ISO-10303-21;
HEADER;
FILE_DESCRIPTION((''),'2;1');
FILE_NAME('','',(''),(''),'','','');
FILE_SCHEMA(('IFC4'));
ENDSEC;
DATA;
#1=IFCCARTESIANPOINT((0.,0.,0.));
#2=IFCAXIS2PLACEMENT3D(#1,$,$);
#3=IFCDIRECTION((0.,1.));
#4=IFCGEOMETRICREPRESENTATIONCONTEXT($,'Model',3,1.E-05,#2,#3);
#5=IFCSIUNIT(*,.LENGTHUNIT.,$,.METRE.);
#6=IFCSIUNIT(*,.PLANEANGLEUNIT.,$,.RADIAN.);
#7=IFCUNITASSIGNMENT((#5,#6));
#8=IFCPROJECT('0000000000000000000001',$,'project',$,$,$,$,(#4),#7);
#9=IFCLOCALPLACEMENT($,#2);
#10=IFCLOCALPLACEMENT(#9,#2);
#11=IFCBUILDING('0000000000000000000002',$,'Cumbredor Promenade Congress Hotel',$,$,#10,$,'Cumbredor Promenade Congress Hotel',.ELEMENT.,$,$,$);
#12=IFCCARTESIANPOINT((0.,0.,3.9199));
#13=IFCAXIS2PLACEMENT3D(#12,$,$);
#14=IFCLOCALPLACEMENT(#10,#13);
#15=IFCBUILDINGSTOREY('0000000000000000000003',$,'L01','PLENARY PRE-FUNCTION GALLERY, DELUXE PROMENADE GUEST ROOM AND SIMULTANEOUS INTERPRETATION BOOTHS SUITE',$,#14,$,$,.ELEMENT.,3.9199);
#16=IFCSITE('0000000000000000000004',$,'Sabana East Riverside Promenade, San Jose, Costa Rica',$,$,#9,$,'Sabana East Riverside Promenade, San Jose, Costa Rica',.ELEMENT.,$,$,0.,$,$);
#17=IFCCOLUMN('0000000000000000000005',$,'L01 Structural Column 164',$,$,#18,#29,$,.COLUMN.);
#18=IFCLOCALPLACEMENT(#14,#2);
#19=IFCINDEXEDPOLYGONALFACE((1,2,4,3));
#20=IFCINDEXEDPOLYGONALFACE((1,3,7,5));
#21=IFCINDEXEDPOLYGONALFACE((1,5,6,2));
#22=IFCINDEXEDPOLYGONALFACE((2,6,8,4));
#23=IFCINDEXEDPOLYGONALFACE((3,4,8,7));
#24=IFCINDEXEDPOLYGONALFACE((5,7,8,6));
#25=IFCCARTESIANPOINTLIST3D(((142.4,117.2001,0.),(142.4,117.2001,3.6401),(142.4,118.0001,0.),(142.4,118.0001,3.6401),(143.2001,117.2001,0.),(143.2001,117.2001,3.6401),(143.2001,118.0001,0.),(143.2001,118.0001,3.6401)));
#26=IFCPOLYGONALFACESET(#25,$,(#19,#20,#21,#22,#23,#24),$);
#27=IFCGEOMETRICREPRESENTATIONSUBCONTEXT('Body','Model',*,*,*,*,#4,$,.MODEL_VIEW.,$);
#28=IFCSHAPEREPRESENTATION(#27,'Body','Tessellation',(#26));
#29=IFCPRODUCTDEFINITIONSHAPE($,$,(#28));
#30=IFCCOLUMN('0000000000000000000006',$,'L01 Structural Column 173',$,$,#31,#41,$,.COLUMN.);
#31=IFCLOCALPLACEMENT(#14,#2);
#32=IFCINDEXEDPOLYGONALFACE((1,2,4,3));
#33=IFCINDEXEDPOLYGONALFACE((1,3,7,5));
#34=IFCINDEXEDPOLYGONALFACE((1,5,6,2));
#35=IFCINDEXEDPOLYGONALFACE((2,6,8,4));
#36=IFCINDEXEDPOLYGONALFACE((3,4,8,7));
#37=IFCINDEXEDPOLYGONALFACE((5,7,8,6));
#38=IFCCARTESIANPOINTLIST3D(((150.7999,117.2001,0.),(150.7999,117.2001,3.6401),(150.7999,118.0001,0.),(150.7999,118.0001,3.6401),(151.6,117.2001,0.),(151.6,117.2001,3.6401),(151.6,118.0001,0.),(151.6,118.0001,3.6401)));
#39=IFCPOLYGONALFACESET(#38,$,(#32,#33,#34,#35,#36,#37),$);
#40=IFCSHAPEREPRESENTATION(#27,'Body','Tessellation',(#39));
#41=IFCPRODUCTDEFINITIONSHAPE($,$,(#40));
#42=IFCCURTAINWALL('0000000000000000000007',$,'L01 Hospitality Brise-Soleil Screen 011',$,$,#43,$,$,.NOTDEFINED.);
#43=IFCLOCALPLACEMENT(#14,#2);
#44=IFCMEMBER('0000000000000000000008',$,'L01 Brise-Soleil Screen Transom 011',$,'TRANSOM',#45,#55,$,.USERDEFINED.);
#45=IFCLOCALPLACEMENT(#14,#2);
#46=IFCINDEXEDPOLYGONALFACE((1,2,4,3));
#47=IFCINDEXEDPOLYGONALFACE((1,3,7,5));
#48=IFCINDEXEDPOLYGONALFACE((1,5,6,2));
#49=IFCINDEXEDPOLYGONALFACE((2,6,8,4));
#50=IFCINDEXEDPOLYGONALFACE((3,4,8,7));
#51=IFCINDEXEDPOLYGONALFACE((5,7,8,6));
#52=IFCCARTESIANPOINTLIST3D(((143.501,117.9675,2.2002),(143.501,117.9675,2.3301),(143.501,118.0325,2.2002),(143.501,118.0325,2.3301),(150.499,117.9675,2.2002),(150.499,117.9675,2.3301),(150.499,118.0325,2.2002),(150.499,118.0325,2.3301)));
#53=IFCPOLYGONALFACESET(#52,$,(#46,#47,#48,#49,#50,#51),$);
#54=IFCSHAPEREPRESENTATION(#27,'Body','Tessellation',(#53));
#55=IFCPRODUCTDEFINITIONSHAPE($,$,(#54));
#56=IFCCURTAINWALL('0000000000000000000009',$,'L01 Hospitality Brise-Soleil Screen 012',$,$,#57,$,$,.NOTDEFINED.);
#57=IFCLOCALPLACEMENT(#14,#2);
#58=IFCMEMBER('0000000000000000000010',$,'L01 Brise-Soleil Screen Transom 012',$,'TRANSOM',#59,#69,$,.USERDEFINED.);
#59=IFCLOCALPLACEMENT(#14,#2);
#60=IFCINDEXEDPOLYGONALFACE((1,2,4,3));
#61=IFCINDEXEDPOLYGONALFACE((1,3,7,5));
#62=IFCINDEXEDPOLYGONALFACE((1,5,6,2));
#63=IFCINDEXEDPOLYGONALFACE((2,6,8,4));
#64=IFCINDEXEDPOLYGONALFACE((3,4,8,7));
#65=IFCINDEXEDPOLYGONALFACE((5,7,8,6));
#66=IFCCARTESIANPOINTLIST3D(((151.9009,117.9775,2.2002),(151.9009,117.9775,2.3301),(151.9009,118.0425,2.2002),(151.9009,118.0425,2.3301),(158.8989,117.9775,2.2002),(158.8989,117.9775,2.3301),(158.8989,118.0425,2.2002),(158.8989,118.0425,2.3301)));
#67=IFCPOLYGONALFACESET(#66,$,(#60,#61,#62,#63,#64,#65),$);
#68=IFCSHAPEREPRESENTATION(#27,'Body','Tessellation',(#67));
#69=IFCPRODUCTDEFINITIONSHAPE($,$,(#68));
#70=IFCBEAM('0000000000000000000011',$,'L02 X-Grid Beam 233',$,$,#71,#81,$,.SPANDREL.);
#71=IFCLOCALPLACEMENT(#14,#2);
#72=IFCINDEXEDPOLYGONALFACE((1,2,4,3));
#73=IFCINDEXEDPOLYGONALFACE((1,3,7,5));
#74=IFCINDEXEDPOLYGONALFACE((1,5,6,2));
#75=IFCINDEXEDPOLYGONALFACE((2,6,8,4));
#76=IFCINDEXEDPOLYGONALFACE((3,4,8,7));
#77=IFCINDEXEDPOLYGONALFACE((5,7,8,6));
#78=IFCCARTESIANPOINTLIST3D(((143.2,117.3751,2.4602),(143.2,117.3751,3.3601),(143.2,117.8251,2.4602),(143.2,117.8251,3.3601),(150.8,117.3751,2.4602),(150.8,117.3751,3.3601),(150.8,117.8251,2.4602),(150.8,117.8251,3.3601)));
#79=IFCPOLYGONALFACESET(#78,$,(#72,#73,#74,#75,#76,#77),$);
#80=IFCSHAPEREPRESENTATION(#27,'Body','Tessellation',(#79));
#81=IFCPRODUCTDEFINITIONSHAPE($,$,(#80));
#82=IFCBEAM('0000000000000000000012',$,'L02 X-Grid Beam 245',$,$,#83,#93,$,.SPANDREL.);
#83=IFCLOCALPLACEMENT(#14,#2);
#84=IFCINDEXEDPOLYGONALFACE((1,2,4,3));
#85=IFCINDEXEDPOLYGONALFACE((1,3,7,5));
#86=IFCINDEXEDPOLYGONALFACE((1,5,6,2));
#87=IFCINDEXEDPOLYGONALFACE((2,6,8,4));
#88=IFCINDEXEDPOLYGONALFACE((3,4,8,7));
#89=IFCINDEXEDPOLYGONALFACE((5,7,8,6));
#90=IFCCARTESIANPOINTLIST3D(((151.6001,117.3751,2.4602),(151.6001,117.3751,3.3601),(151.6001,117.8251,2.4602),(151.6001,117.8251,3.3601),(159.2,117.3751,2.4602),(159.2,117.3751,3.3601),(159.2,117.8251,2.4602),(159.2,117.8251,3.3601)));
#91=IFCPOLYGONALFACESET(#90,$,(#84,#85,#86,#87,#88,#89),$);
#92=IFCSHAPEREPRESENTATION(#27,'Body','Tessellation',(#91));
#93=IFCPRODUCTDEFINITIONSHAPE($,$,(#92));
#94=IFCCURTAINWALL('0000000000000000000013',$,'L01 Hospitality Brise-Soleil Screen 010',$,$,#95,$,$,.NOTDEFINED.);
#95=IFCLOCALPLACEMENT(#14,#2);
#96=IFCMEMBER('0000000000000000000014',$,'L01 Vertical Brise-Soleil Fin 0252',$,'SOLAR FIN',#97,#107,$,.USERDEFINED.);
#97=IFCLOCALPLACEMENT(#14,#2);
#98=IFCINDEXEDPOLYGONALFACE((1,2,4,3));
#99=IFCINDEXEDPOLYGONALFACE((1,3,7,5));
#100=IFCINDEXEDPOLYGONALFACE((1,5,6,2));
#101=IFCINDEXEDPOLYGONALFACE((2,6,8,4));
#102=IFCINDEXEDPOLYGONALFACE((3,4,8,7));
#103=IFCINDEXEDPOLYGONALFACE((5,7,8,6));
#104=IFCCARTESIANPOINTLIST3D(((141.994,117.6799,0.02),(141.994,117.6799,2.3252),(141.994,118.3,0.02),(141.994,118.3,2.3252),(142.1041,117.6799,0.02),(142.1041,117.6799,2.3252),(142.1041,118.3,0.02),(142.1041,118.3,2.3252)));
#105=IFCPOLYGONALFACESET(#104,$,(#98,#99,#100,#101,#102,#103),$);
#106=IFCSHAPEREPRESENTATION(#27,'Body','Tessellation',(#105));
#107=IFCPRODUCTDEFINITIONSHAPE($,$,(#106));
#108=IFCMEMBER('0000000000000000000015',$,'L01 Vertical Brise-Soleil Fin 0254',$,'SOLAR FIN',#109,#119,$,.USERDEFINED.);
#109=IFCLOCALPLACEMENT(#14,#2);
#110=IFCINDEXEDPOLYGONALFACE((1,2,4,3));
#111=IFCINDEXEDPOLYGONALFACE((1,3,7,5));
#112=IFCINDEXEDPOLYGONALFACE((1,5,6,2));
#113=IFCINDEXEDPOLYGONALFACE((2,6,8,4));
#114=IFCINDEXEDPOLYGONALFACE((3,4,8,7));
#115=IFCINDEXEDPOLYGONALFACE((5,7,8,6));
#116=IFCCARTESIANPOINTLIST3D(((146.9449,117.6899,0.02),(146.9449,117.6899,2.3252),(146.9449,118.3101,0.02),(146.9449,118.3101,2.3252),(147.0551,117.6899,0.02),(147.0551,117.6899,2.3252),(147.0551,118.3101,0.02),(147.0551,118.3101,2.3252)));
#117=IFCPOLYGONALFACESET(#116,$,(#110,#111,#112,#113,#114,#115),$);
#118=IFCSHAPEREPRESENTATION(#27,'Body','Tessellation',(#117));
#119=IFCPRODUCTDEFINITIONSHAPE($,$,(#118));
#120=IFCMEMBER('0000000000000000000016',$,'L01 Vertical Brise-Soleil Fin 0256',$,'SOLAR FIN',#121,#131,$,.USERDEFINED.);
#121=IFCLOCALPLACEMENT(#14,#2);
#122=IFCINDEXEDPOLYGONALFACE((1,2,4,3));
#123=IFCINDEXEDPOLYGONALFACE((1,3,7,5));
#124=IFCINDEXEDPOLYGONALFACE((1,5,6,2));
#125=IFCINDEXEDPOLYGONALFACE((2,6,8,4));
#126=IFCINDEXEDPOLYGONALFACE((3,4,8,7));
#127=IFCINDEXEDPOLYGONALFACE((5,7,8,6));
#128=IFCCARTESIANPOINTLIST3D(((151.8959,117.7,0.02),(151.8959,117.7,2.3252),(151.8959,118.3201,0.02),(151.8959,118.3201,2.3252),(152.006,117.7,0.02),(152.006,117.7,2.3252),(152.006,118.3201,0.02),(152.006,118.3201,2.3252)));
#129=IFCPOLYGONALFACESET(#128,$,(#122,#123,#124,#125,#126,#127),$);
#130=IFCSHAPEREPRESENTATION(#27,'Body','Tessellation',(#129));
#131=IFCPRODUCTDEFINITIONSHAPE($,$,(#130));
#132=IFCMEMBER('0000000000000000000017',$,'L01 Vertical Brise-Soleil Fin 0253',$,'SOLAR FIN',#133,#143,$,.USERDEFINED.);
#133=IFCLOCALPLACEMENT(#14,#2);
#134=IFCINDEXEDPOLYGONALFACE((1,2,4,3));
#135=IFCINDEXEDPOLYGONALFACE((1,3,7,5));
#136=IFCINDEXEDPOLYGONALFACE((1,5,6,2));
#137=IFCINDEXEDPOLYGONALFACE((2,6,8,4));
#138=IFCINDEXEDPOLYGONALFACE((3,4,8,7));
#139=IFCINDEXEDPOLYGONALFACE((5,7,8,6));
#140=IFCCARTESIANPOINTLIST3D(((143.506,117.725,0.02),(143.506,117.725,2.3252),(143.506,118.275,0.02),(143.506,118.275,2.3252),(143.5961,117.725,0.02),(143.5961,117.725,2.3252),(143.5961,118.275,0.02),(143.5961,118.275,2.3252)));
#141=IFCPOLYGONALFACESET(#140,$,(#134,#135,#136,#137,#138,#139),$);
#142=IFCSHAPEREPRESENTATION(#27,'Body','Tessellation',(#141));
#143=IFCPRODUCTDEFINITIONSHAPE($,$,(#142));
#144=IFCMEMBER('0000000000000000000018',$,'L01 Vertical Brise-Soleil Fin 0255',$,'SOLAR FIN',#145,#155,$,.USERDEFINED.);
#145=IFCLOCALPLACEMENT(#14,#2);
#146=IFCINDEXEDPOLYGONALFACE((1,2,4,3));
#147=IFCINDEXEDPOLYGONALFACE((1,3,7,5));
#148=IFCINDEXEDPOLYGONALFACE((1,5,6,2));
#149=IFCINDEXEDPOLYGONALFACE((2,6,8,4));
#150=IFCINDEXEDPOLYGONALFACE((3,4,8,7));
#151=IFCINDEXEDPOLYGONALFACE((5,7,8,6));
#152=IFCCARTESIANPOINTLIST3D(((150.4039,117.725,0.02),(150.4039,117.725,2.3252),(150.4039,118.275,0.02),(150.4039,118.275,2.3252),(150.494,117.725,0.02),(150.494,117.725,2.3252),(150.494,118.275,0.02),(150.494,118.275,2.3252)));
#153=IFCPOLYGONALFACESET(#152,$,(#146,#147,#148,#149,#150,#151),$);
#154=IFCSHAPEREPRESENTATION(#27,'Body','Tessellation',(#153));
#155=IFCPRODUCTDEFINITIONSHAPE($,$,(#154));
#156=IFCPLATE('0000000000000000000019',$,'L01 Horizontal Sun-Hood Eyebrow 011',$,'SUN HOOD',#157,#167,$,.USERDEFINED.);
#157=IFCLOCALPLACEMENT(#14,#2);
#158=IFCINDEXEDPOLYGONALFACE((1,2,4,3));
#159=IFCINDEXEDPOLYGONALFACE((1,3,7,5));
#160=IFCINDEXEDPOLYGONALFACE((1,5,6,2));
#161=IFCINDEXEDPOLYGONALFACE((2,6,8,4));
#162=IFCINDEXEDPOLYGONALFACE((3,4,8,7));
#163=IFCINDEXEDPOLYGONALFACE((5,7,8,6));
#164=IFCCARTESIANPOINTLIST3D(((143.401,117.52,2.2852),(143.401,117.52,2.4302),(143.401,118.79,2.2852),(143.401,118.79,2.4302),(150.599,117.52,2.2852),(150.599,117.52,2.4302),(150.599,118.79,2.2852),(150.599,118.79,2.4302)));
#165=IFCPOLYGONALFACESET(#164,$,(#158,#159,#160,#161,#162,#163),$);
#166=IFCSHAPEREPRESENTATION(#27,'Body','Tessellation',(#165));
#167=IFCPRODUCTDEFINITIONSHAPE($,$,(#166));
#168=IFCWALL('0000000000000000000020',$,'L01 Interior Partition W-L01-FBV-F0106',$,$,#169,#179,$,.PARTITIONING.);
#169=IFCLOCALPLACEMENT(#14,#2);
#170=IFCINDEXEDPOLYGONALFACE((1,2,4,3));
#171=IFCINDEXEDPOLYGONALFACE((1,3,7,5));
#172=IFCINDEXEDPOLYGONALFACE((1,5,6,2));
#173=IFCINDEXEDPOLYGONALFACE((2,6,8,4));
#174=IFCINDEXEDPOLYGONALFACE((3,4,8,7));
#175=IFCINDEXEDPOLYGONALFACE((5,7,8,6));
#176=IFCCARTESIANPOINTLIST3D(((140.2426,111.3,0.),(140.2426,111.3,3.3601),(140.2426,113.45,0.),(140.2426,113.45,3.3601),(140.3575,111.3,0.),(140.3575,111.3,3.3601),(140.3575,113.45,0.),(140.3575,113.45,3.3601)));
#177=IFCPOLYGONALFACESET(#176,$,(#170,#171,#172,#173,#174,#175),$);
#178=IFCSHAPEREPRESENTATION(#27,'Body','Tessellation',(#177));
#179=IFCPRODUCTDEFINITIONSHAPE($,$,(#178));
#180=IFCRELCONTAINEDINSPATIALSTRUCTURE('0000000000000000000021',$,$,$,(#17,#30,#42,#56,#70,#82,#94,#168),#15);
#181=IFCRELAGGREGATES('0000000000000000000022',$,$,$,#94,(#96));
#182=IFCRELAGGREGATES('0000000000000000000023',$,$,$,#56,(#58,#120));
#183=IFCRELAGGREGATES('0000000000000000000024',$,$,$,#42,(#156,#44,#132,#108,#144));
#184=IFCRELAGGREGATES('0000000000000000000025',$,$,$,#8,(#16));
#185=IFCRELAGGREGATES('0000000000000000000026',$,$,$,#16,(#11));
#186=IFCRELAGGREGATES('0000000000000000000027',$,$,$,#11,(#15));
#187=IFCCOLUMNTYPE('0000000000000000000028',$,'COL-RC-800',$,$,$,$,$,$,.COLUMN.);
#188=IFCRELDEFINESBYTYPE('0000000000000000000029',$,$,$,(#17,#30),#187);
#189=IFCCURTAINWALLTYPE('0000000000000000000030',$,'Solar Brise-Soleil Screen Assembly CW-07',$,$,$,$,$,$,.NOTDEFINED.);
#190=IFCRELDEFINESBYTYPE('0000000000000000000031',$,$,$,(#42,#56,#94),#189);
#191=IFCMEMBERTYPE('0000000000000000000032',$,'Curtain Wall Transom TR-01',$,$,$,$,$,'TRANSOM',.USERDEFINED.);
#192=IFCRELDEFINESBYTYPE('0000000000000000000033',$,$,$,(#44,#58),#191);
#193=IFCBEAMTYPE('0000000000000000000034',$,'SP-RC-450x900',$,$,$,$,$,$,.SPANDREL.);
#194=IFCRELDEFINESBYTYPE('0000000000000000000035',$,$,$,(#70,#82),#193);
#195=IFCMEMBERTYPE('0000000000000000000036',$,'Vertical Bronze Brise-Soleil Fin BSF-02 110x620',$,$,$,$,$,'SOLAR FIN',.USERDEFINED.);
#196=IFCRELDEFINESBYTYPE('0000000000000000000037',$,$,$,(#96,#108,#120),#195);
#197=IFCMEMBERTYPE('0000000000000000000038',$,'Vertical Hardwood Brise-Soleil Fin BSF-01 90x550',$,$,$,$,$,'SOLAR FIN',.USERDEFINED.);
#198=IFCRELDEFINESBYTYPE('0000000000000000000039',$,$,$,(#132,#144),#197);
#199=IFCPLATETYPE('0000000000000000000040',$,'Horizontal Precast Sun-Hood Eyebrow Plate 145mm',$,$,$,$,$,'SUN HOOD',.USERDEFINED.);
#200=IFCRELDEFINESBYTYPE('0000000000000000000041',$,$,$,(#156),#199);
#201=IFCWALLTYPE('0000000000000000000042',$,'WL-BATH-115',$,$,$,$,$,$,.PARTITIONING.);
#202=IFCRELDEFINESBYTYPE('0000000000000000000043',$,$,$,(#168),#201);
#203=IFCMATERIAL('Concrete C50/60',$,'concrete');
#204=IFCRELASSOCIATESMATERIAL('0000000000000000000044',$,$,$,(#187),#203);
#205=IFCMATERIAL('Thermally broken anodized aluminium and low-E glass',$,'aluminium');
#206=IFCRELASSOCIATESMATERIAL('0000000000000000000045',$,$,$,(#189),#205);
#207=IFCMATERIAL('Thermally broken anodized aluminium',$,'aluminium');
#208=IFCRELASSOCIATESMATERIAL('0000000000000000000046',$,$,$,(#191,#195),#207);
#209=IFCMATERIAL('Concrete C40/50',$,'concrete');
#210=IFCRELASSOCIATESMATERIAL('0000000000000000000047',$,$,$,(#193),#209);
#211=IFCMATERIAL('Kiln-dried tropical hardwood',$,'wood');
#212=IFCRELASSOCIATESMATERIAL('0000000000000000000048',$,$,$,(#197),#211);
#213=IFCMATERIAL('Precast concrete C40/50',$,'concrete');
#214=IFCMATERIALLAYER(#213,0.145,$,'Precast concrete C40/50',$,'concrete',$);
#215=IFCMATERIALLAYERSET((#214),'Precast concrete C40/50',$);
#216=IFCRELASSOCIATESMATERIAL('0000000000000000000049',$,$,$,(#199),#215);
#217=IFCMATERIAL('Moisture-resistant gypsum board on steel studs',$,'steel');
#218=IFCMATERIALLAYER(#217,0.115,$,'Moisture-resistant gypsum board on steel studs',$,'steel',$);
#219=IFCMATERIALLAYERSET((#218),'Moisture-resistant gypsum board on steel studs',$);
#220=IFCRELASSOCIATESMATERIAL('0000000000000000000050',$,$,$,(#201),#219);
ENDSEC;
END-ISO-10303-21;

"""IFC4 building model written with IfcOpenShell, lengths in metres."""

from ifc_helpers import new_model, si_unit, direction, frame, frame_2d, origin, origin_2d, place, context, subcontext, project, spatial, rectangle, extrude, material, layer, layer_set, material_profile, profile_set, type_object, element, aggregate, save


model = new_model("IFC4")

# Units and contexts
model_context = context("Model", 3, precision=1e-05, world=origin(), true_north=direction((0.0, 1.0)))
body_context = subcontext(model_context, "Body", "Model", "MODEL_VIEW")
ifc_project = project(units=[si_unit("LENGTHUNIT", "METRE"), si_unit("PLANEANGLEUNIT", "RADIAN")], contexts=[model_context])

# Site, building, storey
site_placement = place(None, origin())
site = spatial("IfcSite", under=ifc_project, at=site_placement, Name="Sabana East Riverside Promenade, San Jose, Costa Rica", LongName="Sabana East Riverside Promenade, San Jose, Costa Rica", CompositionType="ELEMENT", RefElevation=0.0)
building_placement = place(site_placement, origin())
building = spatial("IfcBuilding", under=site, at=building_placement, Name="Cumbredor Promenade Congress Hotel", LongName="Cumbredor Promenade Congress Hotel", CompositionType="ELEMENT")
storey_placement = place(building_placement, frame((0.0, 0.0, 3.9199)))
storey = spatial("IfcBuildingStorey", under=building, at=storey_placement, Name="L01", Description="PLENARY PRE-FUNCTION GALLERY, DELUXE PROMENADE GUEST ROOM AND SIMULTANEOUS INTERPRETATION BOOTHS SUITE", CompositionType="ELEMENT", Elevation=3.9199)

# Columns
ifc_material_1 = material(Name="Concrete C50/60", Category="concrete")
ifc_material_profile_1 = material_profile(ifc_material_1, rectangle(XDim=0.8, YDim=0.8, at=origin_2d()), Name="RC 800x800")
ifc_profile_set_1 = profile_set([ifc_material_profile_1], Name="Concrete C50/60")
column_type = type_object("IfcColumnType", Name="COL-RC-800", PredefinedType="COLUMN", material=ifc_profile_set_1)
for number, where, z_axis, x_axis, name in (
    (1, (142.8, 117.6001, 0.0), (0.0, 0.0, 1.0), (1.0, 0.0, 0.0), "L01 Structural Column 164"),
    (2, (151.2, 117.6001, 0.0), (0.0, 0.0, 1.0), (1.0, 0.0, 0.0), "L01 Structural Column 173"),
):
    element("IfcColumn", number, at=place(storey_placement, frame(where, z_axis=z_axis, x_axis=x_axis)), inside=storey, type_object=column_type, Name=name, PredefinedType="COLUMN", context=body_context, shape_type="SweptSolid", body=[
        extrude(rectangle(XDim=0.8, YDim=0.8, at=origin_2d()), origin(), (0.0, 0.0, 1.0), 3.6401),
    ])

# Curtain walls, members
ifc_material_2 = material(Name="Thermally broken anodized aluminium and low-E glass", Category="aluminium")
curtain_wall_type = type_object("IfcCurtainWallType", Name="Solar Brise-Soleil Screen Assembly CW-07", PredefinedType="NOTDEFINED", material=ifc_material_2)
curtain_wall_1_placement = place(storey_placement, origin())
curtain_wall_1 = element("IfcCurtainWall", 3, at=curtain_wall_1_placement, inside=storey, type_object=curtain_wall_type, Name="L01 Hospitality Brise-Soleil Screen 011", PredefinedType="NOTDEFINED")
ifc_material_3 = material(Name="Thermally broken anodized aluminium", Category="aluminium")
ifc_material_profile_2 = material_profile(ifc_material_3, rectangle(XDim=0.0649, YDim=0.1299, at=origin_2d()), Name="ALU TRANSOM 65x130")
ifc_profile_set_2 = profile_set([ifc_material_profile_2], Name="Thermally broken anodized aluminium")
member_type_1 = type_object("IfcMemberType", Name="Curtain Wall Transom TR-01", ElementType="TRANSOM", PredefinedType="USERDEFINED", material=ifc_profile_set_2)
member_1_placement = place(storey_placement, frame((143.501, 118.0, 2.2651), z_axis=(1.0, 0.0, 0.0), x_axis=(0.0, 1.0, 0.0)))
member_1 = element("IfcMember", 4, at=member_1_placement, type_object=member_type_1, Name="L01 Brise-Soleil Screen Transom 011", ObjectType="TRANSOM", PredefinedType="USERDEFINED", context=body_context, shape_type="SweptSolid", body=[
    extrude(rectangle(XDim=0.0649, YDim=0.1299, at=origin_2d()), origin(), (0.0, 0.0, 1.0), 6.998),
])
curtain_wall_2_placement = place(storey_placement, origin())
curtain_wall_2 = element("IfcCurtainWall", 5, at=curtain_wall_2_placement, inside=storey, type_object=curtain_wall_type, Name="L01 Hospitality Brise-Soleil Screen 012", PredefinedType="NOTDEFINED")
member_2_placement = place(storey_placement, frame((151.9009, 118.01, 2.2651), z_axis=(1.0, 0.0, 0.0), x_axis=(0.0, 1.0, 0.0)))
member_2 = element("IfcMember", 6, at=member_2_placement, type_object=member_type_1, Name="L01 Brise-Soleil Screen Transom 012", ObjectType="TRANSOM", PredefinedType="USERDEFINED", context=body_context, shape_type="SweptSolid", body=[
    extrude(rectangle(XDim=0.0649, YDim=0.1299, at=origin_2d()), origin(), (0.0, 0.0, 1.0), 6.998),
])

# Beams
ifc_material_4 = material(Name="Concrete C40/50", Category="concrete")
ifc_material_profile_3 = material_profile(ifc_material_4, rectangle(XDim=0.45, YDim=0.8999, at=origin_2d()), Name="RC SPANDREL 450x900")
ifc_profile_set_3 = profile_set([ifc_material_profile_3], Name="Concrete C40/50")
beam_type = type_object("IfcBeamType", Name="SP-RC-450x900", PredefinedType="SPANDREL", material=ifc_profile_set_3)
beam_1_placement = place(storey_placement, frame((143.2, 117.6001, 2.9102), z_axis=(1.0, 0.0, 0.0), x_axis=(0.0, 1.0, 0.0)))
element("IfcBeam", 7, at=beam_1_placement, inside=storey, type_object=beam_type, Name="L02 X-Grid Beam 233", PredefinedType="SPANDREL", context=body_context, shape_type="SweptSolid", body=[
    extrude(rectangle(XDim=0.45, YDim=0.8999, at=origin_2d()), origin(), (0.0, 0.0, 1.0), 7.6001),
])
beam_2_placement = place(storey_placement, frame((151.6001, 117.6001, 2.9102), z_axis=(1.0, 0.0, 0.0), x_axis=(0.0, 1.0, 0.0)))
element("IfcBeam", 8, at=beam_2_placement, inside=storey, type_object=beam_type, Name="L02 X-Grid Beam 245", PredefinedType="SPANDREL", context=body_context, shape_type="SweptSolid", body=[
    extrude(rectangle(XDim=0.45, YDim=0.8999, at=origin_2d()), origin(), (0.0, 0.0, 1.0), 7.5999),
])

# Curtain wall, member
curtain_wall_3_placement = place(storey_placement, origin())
curtain_wall_3 = element("IfcCurtainWall", 9, at=curtain_wall_3_placement, inside=storey, type_object=curtain_wall_type, Name="L01 Hospitality Brise-Soleil Screen 010", PredefinedType="NOTDEFINED")
ifc_material_profile_4 = material_profile(ifc_material_3, rectangle(XDim=0.1101, YDim=0.6201, at=origin_2d()), Name="ARCH FIN 110x620")
ifc_profile_set_4 = profile_set([ifc_material_profile_4], Name="Thermally broken anodized aluminium")
member_type_2 = type_object("IfcMemberType", Name="Vertical Bronze Brise-Soleil Fin BSF-02 110x620", ElementType="SOLAR FIN", PredefinedType="USERDEFINED", material=ifc_profile_set_4)
member_3_placement = place(storey_placement, frame((142.0491, 117.99, 0.02), z_axis=(0.0, 0.0, 1.0), x_axis=(1.0, 0.0, 0.0)))
member_3 = element("IfcMember", 10, at=member_3_placement, type_object=member_type_2, Name="L01 Vertical Brise-Soleil Fin 0252", ObjectType="SOLAR FIN", PredefinedType="USERDEFINED", context=body_context, shape_type="SweptSolid", body=[
    extrude(rectangle(XDim=0.1101, YDim=0.6201, at=origin_2d()), origin(), (0.0, 0.0, 1.0), 2.3052),
])
aggregate(curtain_wall_3, [member_3])

# Members
member_4_placement = place(storey_placement, frame((147.0, 118.0, 0.02), z_axis=(0.0, 0.0, 1.0), x_axis=(1.0, 0.0, 0.0)))
member_4 = element("IfcMember", 11, at=member_4_placement, type_object=member_type_2, Name="L01 Vertical Brise-Soleil Fin 0254", ObjectType="SOLAR FIN", PredefinedType="USERDEFINED", context=body_context, shape_type="SweptSolid", body=[
    extrude(rectangle(XDim=0.1101, YDim=0.6201, at=origin_2d()), origin(), (0.0, 0.0, 1.0), 2.3052),
])
member_5_placement = place(storey_placement, frame((151.9509, 118.01, 0.02), z_axis=(0.0, 0.0, 1.0), x_axis=(1.0, 0.0, 0.0)))
member_5 = element("IfcMember", 12, at=member_5_placement, type_object=member_type_2, Name="L01 Vertical Brise-Soleil Fin 0256", ObjectType="SOLAR FIN", PredefinedType="USERDEFINED", context=body_context, shape_type="SweptSolid", body=[
    extrude(rectangle(XDim=0.1101, YDim=0.6201, at=origin_2d()), origin(), (0.0, 0.0, 1.0), 2.3052),
])
aggregate(curtain_wall_2, [member_2, member_5])
ifc_material_5 = material(Name="Kiln-dried tropical hardwood", Category="wood")
ifc_material_profile_5 = material_profile(ifc_material_5, rectangle(XDim=0.0901, YDim=0.55, at=origin_2d()), Name="ARCH FIN 90x550")
ifc_profile_set_5 = profile_set([ifc_material_profile_5], Name="Kiln-dried tropical hardwood")
member_type_3 = type_object("IfcMemberType", Name="Vertical Hardwood Brise-Soleil Fin BSF-01 90x550", ElementType="SOLAR FIN", PredefinedType="USERDEFINED", material=ifc_profile_set_5)
member_6_placement = place(storey_placement, frame((143.551, 118.0, 0.02), z_axis=(0.0, 0.0, 1.0), x_axis=(1.0, 0.0, 0.0)))
member_6 = element("IfcMember", 13, at=member_6_placement, type_object=member_type_3, Name="L01 Vertical Brise-Soleil Fin 0253", ObjectType="SOLAR FIN", PredefinedType="USERDEFINED", context=body_context, shape_type="SweptSolid", body=[
    extrude(rectangle(XDim=0.0901, YDim=0.55, at=origin_2d()), origin(), (0.0, 0.0, 1.0), 2.3052),
])
member_7_placement = place(storey_placement, frame((150.449, 118.0, 0.02), z_axis=(0.0, 0.0, 1.0), x_axis=(1.0, 0.0, 0.0)))
member_7 = element("IfcMember", 14, at=member_7_placement, type_object=member_type_3, Name="L01 Vertical Brise-Soleil Fin 0255", ObjectType="SOLAR FIN", PredefinedType="USERDEFINED", context=body_context, shape_type="SweptSolid", body=[
    extrude(rectangle(XDim=0.0901, YDim=0.55, at=origin_2d()), origin(), (0.0, 0.0, 1.0), 2.3052),
])

# Plate
ifc_material_6 = material(Name="Precast concrete C40/50", Category="concrete")
ifc_layer_1 = layer(ifc_material_6, 0.145, Name="Precast concrete C40/50", Category="concrete")
ifc_layer_set_1 = layer_set([ifc_layer_1], Name="Precast concrete C40/50")
plate_type = type_object("IfcPlateType", Name="Horizontal Precast Sun-Hood Eyebrow Plate 145mm", ElementType="SUN HOOD", PredefinedType="USERDEFINED", material=ifc_layer_set_1)
plate_placement = place(storey_placement, frame((147.0, 118.155, 2.2852), z_axis=(0.0, 0.0, 1.0), x_axis=(1.0, 0.0, 0.0)))
plate = element("IfcPlate", 15, at=plate_placement, type_object=plate_type, Name="L01 Horizontal Sun-Hood Eyebrow 011", ObjectType="SUN HOOD", PredefinedType="USERDEFINED", context=body_context, shape_type="SweptSolid", body=[
    extrude(rectangle(XDim=7.198, YDim=1.27, at=origin_2d()), origin(), (0.0, 0.0, 1.0), 0.145),
])
aggregate(curtain_wall_1, [plate, member_1, member_6, member_4, member_7])

# Wall
ifc_material_7 = material(Name="Moisture-resistant gypsum board on steel studs", Category="steel")
ifc_layer_2 = layer(ifc_material_7, 0.115, Name="Moisture-resistant gypsum board on steel studs", Category="steel")
ifc_layer_set_2 = layer_set([ifc_layer_2], Name="Moisture-resistant gypsum board on steel studs")
wall_type_1 = type_object("IfcWallType", Name="WL-BATH-115", PredefinedType="PARTITIONING", material=ifc_layer_set_2)
wall_1_placement = place(storey_placement, frame((140.3, 111.3, 0.0), z_axis=(0.0, 0.0, 1.0), x_axis=(0.0, 1.0, 0.0)))
element("IfcWall", 16, at=wall_1_placement, inside=storey, type_object=wall_type_1, Name="L01 Interior Partition W-L01-FBV-F0106", PredefinedType="PARTITIONING", context=body_context, shape_type="SweptSolid", body=[
    extrude(rectangle(XDim=2.1499, YDim=0.115, at=frame_2d((1.075, 0.0))), origin(), (0.0, 0.0, 1.0), 3.3601),
])

save(model, "model.ifc")
